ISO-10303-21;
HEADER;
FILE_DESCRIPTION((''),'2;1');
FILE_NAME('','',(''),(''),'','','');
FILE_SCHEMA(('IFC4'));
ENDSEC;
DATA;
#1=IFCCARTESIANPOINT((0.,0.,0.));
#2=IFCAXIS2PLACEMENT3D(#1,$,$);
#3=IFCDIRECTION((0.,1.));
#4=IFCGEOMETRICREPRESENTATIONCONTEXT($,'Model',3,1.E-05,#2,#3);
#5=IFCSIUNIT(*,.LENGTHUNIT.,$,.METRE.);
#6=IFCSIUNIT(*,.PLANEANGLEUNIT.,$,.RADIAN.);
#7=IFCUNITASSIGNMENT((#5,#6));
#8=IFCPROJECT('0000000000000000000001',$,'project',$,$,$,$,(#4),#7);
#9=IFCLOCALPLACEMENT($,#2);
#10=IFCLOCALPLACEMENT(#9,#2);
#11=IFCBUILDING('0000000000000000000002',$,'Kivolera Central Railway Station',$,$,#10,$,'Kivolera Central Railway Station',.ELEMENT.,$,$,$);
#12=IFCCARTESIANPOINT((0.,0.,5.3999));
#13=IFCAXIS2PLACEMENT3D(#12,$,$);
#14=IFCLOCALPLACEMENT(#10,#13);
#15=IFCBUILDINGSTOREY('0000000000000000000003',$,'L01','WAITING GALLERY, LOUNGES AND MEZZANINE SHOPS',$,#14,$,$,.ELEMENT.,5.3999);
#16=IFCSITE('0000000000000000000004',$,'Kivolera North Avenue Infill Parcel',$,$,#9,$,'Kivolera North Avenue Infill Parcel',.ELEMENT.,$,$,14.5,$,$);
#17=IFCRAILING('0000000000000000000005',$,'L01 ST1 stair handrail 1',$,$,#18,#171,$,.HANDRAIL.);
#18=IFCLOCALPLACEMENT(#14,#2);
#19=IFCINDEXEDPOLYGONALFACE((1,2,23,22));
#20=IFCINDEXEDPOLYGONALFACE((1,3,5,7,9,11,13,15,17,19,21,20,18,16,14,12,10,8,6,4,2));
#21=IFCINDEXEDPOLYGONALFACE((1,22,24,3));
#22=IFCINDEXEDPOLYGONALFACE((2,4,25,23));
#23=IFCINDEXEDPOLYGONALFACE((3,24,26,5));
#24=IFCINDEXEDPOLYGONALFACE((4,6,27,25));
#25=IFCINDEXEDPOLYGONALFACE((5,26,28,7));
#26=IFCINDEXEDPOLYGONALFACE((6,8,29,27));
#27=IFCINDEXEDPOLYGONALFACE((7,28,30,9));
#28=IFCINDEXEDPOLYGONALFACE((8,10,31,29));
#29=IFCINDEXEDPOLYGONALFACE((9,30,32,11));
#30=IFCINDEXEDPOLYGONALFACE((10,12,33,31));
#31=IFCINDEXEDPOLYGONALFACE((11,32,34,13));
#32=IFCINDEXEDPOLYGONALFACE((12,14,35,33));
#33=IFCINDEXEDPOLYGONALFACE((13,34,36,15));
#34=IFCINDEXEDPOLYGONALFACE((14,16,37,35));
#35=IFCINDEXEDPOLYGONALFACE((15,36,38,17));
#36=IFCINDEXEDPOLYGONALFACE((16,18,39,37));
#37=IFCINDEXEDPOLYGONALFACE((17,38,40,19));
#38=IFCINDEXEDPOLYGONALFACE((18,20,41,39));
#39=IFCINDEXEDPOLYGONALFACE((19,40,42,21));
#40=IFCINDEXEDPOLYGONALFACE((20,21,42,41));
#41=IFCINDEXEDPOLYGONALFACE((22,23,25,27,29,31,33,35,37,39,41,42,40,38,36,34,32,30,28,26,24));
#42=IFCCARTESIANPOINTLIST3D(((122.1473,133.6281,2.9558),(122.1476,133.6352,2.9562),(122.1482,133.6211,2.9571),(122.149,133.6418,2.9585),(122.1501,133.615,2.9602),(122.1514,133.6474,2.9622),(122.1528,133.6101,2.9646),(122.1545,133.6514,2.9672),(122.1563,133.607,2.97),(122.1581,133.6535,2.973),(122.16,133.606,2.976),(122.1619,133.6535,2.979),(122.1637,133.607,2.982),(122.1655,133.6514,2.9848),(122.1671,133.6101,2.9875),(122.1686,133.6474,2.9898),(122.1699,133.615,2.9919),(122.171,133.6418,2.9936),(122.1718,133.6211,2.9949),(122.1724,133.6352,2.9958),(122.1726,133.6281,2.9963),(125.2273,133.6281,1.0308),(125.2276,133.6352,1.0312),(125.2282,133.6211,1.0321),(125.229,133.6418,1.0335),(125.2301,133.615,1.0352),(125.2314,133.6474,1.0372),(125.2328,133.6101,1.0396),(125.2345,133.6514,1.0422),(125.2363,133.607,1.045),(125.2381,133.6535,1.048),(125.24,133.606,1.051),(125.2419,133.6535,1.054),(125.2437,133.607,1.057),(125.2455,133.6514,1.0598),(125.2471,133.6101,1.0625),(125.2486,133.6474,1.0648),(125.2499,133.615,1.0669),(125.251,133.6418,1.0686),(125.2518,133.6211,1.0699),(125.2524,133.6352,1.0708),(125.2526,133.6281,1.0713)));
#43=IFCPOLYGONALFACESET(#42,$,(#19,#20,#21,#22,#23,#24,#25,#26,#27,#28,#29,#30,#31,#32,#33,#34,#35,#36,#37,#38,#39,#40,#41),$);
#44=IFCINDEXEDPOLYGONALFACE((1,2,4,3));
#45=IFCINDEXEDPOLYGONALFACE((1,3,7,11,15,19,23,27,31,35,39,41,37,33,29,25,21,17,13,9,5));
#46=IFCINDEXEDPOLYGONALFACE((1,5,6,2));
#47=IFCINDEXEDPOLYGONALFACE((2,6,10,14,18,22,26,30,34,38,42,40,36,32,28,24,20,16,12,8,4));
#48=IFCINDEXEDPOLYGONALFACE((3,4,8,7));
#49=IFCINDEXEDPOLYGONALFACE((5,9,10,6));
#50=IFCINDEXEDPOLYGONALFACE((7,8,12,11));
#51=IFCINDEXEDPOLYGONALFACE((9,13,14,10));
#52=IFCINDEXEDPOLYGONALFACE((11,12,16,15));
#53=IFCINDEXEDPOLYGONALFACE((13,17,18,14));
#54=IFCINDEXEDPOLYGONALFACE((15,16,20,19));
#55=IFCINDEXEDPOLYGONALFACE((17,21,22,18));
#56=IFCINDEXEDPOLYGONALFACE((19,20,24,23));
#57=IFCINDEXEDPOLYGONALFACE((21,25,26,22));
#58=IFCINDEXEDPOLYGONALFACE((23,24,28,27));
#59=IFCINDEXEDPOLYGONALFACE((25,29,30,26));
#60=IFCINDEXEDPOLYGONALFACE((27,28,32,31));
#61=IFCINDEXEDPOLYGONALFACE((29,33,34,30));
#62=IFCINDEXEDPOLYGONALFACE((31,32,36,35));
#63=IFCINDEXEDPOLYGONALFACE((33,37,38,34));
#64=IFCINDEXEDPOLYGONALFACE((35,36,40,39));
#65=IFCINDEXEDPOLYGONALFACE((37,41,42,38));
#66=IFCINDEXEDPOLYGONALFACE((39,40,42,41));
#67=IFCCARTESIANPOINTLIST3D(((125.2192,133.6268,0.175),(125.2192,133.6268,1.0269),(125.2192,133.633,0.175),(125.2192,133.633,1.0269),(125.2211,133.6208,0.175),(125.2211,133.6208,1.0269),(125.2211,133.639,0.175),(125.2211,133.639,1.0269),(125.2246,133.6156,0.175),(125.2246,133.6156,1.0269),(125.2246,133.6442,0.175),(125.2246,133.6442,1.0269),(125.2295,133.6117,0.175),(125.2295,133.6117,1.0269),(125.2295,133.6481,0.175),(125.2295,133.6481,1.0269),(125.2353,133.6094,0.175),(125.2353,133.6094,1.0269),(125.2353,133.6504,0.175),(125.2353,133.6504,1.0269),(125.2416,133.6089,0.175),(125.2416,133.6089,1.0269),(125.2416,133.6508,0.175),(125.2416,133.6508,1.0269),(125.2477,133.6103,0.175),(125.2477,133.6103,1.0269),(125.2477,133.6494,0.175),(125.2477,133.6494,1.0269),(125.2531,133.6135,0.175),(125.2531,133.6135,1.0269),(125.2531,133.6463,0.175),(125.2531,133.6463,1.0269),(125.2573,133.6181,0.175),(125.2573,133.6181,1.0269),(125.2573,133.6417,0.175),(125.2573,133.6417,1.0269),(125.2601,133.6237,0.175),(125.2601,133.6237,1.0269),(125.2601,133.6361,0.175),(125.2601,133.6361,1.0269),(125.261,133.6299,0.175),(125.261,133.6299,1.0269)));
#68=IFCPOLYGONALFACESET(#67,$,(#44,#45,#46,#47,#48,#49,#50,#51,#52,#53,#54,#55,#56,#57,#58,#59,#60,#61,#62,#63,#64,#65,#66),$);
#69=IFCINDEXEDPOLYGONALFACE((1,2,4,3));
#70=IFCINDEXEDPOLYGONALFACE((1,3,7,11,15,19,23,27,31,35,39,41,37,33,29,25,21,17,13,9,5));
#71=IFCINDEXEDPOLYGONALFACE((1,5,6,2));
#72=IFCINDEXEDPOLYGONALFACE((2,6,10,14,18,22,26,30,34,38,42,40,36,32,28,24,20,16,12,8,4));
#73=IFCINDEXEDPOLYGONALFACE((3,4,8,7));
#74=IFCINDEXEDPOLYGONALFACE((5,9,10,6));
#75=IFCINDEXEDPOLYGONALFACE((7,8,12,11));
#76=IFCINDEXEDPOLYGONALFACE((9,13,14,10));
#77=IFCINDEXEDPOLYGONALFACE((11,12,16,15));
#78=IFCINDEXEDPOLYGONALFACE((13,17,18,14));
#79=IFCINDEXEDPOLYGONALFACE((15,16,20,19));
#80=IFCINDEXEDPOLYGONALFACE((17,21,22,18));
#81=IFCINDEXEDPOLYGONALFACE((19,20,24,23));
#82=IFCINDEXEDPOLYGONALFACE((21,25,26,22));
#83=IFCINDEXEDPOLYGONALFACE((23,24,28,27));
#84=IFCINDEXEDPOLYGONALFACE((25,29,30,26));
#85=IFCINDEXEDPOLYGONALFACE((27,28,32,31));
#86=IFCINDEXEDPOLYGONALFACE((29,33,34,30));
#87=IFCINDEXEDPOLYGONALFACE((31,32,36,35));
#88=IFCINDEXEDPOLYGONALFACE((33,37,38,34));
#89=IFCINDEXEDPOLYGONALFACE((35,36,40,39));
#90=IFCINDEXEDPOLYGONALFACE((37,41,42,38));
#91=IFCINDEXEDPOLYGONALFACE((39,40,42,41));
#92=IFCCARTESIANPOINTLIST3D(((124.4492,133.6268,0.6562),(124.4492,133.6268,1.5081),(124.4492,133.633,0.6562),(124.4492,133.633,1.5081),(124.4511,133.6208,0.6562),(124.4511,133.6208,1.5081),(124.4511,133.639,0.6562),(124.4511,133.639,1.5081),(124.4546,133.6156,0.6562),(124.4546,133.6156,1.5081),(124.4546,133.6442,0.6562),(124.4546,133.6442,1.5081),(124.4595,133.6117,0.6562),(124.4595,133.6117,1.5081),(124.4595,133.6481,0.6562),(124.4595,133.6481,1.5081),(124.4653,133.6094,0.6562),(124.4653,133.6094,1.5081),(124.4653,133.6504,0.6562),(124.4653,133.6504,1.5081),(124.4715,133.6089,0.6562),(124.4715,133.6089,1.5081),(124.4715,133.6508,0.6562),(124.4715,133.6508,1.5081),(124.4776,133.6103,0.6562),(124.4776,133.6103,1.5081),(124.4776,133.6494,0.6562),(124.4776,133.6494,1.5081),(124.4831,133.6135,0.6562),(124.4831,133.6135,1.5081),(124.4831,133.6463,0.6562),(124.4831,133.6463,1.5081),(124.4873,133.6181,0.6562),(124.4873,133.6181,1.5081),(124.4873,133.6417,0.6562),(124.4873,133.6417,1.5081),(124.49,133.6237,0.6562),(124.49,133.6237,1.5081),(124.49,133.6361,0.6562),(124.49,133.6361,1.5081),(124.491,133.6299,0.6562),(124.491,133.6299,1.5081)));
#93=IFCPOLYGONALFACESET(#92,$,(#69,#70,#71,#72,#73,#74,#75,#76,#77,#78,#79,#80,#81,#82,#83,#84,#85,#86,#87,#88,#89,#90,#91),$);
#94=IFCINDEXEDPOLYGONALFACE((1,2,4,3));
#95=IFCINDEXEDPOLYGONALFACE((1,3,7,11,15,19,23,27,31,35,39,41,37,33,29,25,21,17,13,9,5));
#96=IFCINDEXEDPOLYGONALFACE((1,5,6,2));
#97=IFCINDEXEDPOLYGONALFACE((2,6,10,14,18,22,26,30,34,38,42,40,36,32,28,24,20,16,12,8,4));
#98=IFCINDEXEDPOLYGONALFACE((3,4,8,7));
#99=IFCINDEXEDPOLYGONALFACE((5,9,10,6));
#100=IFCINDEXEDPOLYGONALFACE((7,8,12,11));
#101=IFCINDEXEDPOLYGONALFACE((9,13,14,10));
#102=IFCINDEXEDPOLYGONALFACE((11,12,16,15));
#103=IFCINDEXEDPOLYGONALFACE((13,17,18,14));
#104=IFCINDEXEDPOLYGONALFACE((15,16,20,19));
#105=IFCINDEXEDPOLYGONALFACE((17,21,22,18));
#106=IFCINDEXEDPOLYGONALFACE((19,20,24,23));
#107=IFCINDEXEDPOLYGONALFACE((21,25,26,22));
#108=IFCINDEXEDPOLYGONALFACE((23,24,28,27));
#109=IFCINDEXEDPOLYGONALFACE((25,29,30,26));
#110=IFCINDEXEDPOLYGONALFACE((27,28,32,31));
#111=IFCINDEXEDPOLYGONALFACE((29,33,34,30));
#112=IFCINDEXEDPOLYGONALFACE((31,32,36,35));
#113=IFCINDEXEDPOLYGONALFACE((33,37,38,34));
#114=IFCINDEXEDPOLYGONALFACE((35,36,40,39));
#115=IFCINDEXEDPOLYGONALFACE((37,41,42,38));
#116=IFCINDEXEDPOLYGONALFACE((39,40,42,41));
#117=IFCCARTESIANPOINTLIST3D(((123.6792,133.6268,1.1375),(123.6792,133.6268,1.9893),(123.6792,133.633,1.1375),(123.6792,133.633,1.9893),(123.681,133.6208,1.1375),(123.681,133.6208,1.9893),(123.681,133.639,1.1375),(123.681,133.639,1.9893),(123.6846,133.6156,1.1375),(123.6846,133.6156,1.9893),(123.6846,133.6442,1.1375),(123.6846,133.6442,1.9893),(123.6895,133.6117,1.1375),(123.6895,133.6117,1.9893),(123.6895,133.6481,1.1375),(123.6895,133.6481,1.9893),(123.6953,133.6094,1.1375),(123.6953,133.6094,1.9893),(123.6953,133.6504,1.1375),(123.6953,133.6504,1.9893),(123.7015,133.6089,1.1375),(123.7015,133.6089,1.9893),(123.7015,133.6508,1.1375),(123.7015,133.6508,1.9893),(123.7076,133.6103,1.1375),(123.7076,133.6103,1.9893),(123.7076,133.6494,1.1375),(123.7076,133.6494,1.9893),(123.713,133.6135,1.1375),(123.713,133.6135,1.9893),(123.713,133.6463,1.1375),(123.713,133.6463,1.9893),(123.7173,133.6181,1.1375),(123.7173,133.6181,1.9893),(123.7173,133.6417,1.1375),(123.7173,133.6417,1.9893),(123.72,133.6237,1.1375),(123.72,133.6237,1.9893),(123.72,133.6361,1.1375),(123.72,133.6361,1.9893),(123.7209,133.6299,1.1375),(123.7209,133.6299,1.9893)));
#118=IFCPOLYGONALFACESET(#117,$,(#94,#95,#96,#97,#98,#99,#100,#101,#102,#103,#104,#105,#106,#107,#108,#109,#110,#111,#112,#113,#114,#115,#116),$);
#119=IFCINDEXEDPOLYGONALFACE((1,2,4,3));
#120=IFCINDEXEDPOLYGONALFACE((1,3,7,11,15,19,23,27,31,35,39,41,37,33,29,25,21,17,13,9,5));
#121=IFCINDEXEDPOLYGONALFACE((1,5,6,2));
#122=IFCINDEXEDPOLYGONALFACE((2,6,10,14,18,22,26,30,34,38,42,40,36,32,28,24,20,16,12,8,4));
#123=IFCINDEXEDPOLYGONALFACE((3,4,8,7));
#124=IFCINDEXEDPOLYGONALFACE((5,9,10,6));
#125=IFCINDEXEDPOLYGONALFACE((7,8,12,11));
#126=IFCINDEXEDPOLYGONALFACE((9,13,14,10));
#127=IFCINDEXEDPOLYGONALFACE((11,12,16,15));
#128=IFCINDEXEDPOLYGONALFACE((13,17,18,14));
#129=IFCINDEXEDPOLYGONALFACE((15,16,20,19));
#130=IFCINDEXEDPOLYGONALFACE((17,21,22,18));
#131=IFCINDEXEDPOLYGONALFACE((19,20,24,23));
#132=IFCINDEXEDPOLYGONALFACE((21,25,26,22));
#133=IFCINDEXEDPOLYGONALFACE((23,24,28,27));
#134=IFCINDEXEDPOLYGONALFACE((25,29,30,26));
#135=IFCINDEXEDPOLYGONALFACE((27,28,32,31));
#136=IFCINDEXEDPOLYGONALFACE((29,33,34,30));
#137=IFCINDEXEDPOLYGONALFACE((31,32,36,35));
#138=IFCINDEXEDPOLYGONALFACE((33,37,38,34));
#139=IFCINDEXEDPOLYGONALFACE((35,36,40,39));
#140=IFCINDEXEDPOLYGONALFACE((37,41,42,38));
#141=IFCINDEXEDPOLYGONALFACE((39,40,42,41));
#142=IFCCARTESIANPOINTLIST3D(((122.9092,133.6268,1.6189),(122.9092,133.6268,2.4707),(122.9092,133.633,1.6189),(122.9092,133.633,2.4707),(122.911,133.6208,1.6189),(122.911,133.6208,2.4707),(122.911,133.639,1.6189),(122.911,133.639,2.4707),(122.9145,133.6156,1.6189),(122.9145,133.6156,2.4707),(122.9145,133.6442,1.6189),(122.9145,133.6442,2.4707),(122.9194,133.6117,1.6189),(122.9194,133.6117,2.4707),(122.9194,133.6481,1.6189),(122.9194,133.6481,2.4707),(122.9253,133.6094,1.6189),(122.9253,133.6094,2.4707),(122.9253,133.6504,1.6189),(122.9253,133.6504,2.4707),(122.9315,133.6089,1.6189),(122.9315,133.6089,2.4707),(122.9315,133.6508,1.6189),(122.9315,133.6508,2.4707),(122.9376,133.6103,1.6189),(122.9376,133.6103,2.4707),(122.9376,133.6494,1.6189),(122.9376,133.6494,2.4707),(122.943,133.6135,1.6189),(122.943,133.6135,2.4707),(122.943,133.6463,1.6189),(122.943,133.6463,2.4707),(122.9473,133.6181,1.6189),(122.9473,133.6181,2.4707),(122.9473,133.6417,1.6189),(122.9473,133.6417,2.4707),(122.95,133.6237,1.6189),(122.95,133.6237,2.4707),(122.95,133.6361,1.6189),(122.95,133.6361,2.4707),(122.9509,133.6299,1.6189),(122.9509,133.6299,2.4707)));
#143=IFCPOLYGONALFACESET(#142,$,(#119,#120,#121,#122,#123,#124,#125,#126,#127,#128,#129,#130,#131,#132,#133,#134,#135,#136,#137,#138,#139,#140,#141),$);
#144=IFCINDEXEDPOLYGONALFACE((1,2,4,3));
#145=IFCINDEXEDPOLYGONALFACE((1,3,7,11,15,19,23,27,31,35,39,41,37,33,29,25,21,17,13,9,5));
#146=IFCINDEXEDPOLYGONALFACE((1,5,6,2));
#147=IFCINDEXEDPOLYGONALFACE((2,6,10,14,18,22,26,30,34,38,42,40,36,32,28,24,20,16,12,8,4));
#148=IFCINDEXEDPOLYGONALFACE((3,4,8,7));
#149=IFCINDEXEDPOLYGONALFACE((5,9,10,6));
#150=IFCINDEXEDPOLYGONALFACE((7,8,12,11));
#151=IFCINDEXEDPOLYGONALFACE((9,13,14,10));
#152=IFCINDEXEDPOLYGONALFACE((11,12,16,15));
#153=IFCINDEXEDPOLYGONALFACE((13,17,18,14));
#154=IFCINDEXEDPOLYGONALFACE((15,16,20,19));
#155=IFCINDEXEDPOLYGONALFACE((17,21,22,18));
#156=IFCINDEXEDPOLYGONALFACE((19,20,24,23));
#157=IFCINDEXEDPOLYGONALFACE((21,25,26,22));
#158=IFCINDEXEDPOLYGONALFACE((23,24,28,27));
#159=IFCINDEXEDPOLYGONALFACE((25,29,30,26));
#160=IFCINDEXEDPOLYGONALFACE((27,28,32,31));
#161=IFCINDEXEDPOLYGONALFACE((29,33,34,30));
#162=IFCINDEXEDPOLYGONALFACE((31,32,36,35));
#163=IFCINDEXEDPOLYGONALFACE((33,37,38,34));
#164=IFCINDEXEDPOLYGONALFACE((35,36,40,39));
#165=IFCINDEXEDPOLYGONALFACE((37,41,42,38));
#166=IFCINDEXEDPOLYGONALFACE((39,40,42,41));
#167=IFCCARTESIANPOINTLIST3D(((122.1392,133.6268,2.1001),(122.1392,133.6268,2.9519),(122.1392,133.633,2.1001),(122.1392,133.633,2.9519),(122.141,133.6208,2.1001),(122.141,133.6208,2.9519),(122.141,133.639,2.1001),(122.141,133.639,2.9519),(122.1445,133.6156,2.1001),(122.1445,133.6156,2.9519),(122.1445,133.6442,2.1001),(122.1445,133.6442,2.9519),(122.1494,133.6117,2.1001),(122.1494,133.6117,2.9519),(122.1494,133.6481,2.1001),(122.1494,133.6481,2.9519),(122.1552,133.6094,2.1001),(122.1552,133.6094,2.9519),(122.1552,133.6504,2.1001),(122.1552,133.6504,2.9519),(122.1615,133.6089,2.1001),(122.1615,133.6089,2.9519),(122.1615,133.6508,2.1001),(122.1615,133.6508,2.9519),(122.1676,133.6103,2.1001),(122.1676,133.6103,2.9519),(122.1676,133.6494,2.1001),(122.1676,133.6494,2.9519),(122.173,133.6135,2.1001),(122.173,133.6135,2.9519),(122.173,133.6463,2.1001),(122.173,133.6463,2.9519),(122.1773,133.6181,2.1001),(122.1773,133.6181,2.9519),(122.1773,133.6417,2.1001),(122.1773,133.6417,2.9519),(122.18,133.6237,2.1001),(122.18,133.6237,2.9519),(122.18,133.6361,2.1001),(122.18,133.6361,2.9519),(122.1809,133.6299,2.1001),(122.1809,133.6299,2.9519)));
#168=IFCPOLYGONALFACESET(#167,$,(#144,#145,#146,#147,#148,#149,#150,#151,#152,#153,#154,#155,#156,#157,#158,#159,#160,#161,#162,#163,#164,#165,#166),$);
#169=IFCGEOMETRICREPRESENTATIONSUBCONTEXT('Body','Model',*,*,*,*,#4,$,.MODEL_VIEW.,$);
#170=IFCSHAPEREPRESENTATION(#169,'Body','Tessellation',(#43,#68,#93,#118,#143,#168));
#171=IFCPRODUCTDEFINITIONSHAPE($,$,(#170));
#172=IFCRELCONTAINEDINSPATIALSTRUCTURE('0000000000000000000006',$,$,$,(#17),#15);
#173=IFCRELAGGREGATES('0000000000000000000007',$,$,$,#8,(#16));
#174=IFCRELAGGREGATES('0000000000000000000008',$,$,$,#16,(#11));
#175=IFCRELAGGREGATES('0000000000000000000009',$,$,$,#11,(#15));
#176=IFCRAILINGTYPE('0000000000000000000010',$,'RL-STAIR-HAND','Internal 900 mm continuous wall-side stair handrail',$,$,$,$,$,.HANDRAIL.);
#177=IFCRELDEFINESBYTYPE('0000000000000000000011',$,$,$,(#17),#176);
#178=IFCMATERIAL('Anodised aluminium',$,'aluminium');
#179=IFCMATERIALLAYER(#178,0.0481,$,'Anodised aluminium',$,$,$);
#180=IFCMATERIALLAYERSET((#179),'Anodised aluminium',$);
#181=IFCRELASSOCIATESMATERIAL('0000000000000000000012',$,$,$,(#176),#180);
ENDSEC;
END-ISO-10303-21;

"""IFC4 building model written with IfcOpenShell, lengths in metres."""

from ifc_helpers import new_model, si_unit, direction, frame, origin, origin_2d, place, context, subcontext, project, spatial, circle, extrude, material, layer, layer_set, type_object, element, save


model = new_model("IFC4")

# Units and contexts
model_context = context("Model", 3, precision=1e-05, world=origin(), true_north=direction((0.0, 1.0)))
body_context = subcontext(model_context, "Body", "Model", "MODEL_VIEW")
ifc_project = project(units=[si_unit("LENGTHUNIT", "METRE"), si_unit("PLANEANGLEUNIT", "RADIAN")], contexts=[model_context])

# Site, building, storey
site_placement = place(None, origin())
site = spatial("IfcSite", under=ifc_project, at=site_placement, Name="Kivolera North Avenue Infill Parcel", LongName="Kivolera North Avenue Infill Parcel", CompositionType="ELEMENT", RefElevation=14.5)
building_placement = place(site_placement, origin())
building = spatial("IfcBuilding", under=site, at=building_placement, Name="Kivolera Central Railway Station", LongName="Kivolera Central Railway Station", CompositionType="ELEMENT")
storey_placement = place(building_placement, frame((0.0, 0.0, 5.3999)))
storey = spatial("IfcBuildingStorey", under=building, at=storey_placement, Name="L01", Description="WAITING GALLERY, LOUNGES AND MEZZANINE SHOPS", CompositionType="ELEMENT", Elevation=5.3999)

# Shared definitions
ifc_material_1 = material(Name="Anodised aluminium", Category="aluminium")

# Railing
ifc_layer_1 = layer(ifc_material_1, 0.0481, Name="Anodised aluminium")
ifc_layer_set_1 = layer_set([ifc_layer_1], Name="Anodised aluminium")
railing_type_1 = type_object("IfcRailingType", Name="RL-STAIR-HAND", Description="Internal 900 mm continuous wall-side stair handrail", PredefinedType="HANDRAIL", material=ifc_layer_set_1)
railing_1_placement = place(storey_placement, frame((125.24, 133.6299, 0.175)))
element("IfcRailing", 1, at=railing_1_placement, inside=storey, type_object=railing_type_1, Name="L01 ST1 stair handrail 1", PredefinedType="HANDRAIL", context=body_context, shape_type="SweptSolid", body=[
    extrude(circle(Radius=0.0239, at=origin_2d()), frame((0.0, 0.0, 0.876), z_axis=(-0.847998, 0.0, 0.529999), x_axis=(0.0, -1.0, 0.0)), (0.0, 0.0, 1.0), 3.6321),
    extrude(circle(Radius=0.021, at=origin_2d()), origin(), (0.0, 0.0, 1.0), 0.8518),
    extrude(circle(Radius=0.021, at=origin_2d()), frame((-0.77, 0.0, 0.4812)), (0.0, 0.0, 1.0), 0.8518),
    extrude(circle(Radius=0.021, at=origin_2d()), frame((-1.54, 0.0, 0.9624)), (0.0, 0.0, 1.0), 0.8518),
    extrude(circle(Radius=0.021, at=origin_2d()), frame((-2.3101, 0.0, 1.4438)), (0.0, 0.0, 1.0), 0.8518),
    extrude(circle(Radius=0.021, at=origin_2d()), frame((-3.0801, 0.0, 1.925)), (0.0, 0.0, 1.0), 0.8518),
])

save(model, "model.ifc")
